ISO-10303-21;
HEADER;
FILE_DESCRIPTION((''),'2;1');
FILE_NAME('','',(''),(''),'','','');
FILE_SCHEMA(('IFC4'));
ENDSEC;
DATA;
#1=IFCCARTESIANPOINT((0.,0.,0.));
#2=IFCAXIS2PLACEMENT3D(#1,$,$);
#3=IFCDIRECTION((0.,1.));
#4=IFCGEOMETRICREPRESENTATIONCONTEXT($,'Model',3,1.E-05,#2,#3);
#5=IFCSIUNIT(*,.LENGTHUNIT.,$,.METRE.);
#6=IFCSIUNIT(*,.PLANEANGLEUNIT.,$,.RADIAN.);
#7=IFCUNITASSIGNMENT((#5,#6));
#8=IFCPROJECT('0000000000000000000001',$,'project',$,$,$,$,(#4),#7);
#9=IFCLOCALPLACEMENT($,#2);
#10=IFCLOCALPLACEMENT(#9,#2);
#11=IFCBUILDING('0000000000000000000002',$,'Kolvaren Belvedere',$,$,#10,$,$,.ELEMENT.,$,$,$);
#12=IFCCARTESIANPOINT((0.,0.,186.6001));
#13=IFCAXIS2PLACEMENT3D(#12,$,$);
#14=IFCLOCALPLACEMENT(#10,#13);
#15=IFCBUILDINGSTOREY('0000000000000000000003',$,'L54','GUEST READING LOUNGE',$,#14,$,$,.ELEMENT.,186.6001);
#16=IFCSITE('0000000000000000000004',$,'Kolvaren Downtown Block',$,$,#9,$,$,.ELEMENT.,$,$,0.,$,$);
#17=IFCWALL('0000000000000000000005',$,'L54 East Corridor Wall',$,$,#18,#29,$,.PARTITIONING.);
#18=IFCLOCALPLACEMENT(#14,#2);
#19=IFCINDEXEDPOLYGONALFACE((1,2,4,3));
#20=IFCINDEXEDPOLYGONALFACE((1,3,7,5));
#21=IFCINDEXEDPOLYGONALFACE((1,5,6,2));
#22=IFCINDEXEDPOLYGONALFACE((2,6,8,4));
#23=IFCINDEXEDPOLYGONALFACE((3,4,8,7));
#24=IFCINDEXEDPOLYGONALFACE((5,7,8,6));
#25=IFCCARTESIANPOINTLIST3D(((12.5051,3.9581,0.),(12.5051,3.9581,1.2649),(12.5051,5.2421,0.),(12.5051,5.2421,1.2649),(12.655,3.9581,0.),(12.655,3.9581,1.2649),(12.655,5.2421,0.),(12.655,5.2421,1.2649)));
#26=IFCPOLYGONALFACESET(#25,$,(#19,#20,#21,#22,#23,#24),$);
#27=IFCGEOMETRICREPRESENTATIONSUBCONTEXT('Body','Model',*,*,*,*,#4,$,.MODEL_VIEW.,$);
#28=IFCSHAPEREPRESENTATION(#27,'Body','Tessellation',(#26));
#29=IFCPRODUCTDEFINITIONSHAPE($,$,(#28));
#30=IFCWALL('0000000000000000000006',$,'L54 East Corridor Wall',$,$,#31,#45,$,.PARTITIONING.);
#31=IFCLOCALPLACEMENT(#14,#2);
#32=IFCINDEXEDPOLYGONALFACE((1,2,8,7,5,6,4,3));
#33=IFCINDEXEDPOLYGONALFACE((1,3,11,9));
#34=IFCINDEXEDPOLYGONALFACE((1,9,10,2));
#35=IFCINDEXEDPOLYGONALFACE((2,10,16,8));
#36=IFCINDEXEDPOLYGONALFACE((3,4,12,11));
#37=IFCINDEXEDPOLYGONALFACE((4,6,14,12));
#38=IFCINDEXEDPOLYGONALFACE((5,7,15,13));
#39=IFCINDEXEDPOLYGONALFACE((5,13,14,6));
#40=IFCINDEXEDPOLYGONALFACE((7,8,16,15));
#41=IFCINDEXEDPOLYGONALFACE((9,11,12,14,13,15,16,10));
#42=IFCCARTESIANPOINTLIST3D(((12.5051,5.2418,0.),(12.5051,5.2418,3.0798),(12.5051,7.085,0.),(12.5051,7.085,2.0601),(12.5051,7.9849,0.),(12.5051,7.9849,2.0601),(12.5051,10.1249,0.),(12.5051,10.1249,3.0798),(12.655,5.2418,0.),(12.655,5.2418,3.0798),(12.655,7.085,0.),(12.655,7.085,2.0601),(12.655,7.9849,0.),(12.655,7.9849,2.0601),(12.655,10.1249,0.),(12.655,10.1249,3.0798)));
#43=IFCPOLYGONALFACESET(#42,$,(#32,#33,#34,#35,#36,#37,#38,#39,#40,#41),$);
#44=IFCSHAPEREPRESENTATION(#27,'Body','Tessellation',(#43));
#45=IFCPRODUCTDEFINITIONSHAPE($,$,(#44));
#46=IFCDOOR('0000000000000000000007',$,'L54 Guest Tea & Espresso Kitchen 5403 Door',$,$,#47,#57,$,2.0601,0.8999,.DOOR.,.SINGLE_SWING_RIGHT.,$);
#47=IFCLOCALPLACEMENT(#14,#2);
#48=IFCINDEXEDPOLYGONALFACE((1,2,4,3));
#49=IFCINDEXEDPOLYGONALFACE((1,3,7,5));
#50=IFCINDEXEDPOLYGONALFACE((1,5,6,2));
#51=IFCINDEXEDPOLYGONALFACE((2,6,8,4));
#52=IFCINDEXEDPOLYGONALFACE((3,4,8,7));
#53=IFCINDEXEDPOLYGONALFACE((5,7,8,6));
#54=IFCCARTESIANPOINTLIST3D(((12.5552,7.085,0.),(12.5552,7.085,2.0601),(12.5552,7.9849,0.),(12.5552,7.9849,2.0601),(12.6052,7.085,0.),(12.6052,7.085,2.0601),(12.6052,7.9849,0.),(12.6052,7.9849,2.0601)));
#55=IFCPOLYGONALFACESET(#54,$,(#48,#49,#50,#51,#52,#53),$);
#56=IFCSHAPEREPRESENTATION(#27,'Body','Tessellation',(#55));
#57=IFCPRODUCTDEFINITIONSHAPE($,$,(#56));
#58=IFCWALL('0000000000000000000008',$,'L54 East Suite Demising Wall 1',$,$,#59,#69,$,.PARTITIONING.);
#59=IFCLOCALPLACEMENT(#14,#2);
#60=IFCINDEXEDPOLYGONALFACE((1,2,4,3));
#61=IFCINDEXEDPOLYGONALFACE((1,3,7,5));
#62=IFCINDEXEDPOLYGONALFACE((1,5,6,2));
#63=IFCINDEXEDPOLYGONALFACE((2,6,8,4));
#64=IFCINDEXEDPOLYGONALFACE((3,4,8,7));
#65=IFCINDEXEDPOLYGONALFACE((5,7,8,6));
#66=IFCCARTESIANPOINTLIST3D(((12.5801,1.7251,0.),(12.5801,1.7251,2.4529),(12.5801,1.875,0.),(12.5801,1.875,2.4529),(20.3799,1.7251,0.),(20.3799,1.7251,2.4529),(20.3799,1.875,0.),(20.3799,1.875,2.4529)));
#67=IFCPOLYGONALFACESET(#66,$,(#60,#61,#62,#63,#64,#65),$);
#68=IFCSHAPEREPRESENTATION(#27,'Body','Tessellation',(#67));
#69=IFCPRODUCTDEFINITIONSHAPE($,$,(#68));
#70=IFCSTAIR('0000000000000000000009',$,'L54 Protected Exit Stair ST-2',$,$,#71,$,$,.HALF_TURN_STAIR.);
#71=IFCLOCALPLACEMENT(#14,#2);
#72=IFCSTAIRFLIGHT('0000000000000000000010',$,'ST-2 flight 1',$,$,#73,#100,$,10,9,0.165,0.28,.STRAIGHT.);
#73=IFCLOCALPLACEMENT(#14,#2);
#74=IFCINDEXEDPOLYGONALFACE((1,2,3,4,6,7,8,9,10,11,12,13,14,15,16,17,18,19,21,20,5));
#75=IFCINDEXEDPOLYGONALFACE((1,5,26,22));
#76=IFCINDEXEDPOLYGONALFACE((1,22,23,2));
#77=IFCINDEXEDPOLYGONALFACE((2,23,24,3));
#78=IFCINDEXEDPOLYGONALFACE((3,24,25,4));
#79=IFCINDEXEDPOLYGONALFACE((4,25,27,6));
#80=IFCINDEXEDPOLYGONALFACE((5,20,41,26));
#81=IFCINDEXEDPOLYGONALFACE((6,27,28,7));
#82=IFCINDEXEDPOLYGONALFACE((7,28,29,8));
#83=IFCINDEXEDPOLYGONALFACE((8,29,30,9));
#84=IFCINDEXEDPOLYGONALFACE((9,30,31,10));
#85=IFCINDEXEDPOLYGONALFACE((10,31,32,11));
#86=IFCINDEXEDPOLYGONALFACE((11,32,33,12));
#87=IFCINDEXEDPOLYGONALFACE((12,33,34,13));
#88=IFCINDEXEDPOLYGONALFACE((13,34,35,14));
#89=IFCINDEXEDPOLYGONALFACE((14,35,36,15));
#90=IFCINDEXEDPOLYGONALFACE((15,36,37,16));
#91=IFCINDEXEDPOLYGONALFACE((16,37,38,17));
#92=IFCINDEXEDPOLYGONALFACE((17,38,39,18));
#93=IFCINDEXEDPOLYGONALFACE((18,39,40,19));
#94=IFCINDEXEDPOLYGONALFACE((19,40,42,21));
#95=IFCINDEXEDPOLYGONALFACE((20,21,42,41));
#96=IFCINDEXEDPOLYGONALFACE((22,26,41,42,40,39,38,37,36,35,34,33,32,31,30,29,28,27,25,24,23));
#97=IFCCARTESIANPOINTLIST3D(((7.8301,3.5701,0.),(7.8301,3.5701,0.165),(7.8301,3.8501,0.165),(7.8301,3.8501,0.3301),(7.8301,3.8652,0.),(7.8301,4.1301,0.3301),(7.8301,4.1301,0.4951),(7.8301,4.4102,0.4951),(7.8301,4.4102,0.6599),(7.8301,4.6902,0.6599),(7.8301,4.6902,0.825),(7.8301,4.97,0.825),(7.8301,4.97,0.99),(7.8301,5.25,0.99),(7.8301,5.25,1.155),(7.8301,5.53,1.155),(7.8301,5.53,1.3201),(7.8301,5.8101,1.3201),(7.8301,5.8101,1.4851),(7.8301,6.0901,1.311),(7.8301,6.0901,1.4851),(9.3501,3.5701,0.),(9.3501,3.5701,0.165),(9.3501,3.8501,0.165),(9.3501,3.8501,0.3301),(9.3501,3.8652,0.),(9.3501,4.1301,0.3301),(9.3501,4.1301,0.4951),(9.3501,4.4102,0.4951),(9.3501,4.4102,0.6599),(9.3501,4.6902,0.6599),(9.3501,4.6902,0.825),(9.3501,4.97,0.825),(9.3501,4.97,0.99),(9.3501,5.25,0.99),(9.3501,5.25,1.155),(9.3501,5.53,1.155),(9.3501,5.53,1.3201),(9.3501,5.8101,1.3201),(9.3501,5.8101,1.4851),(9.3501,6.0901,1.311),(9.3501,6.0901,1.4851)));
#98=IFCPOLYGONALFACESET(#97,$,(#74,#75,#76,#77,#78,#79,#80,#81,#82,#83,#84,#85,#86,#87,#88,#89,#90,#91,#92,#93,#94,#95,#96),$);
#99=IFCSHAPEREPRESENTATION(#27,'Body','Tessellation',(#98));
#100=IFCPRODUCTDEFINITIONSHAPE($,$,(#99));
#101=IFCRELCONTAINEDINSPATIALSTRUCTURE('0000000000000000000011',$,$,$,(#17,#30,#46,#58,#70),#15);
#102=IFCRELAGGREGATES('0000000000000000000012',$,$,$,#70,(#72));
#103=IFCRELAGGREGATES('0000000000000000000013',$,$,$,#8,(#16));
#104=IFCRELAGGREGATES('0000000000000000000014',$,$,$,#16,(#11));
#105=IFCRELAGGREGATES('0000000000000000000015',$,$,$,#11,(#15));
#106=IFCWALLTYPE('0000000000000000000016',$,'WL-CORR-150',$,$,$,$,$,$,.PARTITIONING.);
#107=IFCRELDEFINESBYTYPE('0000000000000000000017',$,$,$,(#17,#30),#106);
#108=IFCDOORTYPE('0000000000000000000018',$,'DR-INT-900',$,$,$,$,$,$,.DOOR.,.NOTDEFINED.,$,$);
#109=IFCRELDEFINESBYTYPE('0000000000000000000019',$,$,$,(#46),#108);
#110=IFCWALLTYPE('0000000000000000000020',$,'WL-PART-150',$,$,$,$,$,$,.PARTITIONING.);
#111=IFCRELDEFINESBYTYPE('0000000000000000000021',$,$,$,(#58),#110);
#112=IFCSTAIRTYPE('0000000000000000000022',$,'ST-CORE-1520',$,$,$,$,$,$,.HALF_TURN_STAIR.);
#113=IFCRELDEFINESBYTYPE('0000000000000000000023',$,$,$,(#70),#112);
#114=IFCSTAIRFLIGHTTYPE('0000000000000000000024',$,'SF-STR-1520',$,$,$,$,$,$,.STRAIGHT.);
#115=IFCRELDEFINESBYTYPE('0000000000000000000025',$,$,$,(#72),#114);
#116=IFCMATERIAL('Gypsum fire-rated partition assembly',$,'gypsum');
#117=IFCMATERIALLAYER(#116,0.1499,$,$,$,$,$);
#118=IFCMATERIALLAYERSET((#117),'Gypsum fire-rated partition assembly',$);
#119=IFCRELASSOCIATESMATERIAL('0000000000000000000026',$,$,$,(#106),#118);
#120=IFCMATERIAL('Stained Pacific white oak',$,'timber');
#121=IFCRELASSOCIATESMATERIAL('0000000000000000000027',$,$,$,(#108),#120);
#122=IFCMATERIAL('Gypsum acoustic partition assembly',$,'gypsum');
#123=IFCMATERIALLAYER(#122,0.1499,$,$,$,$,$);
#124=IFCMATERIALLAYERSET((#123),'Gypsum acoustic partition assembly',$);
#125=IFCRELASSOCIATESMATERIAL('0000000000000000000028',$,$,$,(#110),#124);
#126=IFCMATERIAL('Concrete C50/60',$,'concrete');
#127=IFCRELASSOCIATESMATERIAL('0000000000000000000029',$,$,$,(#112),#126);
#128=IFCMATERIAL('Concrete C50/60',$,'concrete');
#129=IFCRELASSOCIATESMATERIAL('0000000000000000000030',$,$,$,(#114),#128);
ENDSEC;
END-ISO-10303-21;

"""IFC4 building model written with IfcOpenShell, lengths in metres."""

from ifc_helpers import new_model, si_unit, direction, frame, frame_2d, origin, place, context, subcontext, project, spatial, polyline, rectangle, outline, extrude, material, layer, layer_set, type_object, element, fill, aggregate, save


model = new_model("IFC4")

# Units and contexts
model_context = context("Model", 3, precision=1e-05, world=origin(), true_north=direction((0.0, 1.0)))
body_context = subcontext(model_context, "Body", "Model", "MODEL_VIEW")
ifc_project = project(units=[si_unit("LENGTHUNIT", "METRE"), si_unit("PLANEANGLEUNIT", "RADIAN")], contexts=[model_context])

# Site, building, storey
site_placement = place(None, origin())
site = spatial("IfcSite", under=ifc_project, at=site_placement, Name="Kolvaren Downtown Block", CompositionType="ELEMENT", RefElevation=0.0)
building_placement = place(site_placement, origin())
building = spatial("IfcBuilding", under=site, at=building_placement, Name="Kolvaren Belvedere", CompositionType="ELEMENT")
storey_placement = place(building_placement, frame((0.0, 0.0, 186.6001)))
storey = spatial("IfcBuildingStorey", under=building, at=storey_placement, Name="L54", Description="GUEST READING LOUNGE", CompositionType="ELEMENT", Elevation=186.6001)

# Wall
ifc_material_1 = material(Name="Gypsum fire-rated partition assembly", Category="gypsum")
ifc_layer_1 = layer(ifc_material_1, 0.1499)
ifc_layer_set_1 = layer_set([ifc_layer_1], Name="Gypsum fire-rated partition assembly")
wall_type_1 = type_object("IfcWallType", Name="WL-CORR-150", PredefinedType="PARTITIONING", material=ifc_layer_set_1)
wall_1_placement = place(storey_placement, frame((12.5801, 3.958, 0.0), z_axis=(0.0, 0.0, 1.0), x_axis=(0.0, 1.0, 0.0)))
element("IfcWall", 1, at=wall_1_placement, inside=storey, type_object=wall_type_1, Name="L54 East Corridor Wall", PredefinedType="PARTITIONING", context=body_context, shape_type="SweptSolid", body=[
    extrude(rectangle(XDim=1.2839, YDim=0.1499, at=frame_2d((0.6421, 0.0))), origin(), (0.0, 0.0, 1.0), 1.2649),
])

# Wall, opening, door
wall_2_placement = place(storey_placement, frame((12.5801, 5.2419, 0.0), z_axis=(0.0, 0.0, 1.0), x_axis=(0.0, 1.0, 0.0)))
wall_2 = element("IfcWall", 2, at=wall_2_placement, inside=storey, type_object=wall_type_1, Name="L54 East Corridor Wall", PredefinedType="PARTITIONING", context=body_context, shape_type="SweptSolid", body=[
    extrude(rectangle(XDim=4.8831, YDim=0.1499, at=frame_2d((2.4414, 0.0))), origin(), (0.0, 0.0, 1.0), 3.0798),
])
opening_placement = place(wall_2_placement, frame((1.843, 0.0, 0.0)))
opening = element("IfcOpeningElement", 3, at=opening_placement, cuts=wall_2, PredefinedType="OPENING", context=body_context, shape_type="SweptSolid", body=[
    extrude(rectangle(XDim=0.8999, YDim=2.0601, at=frame_2d((0.45, 1.03))), frame((0.0, 0.085, 0.0), z_axis=(0.0, -1.0, 0.0), x_axis=(1.0, 0.0, 0.0)), (0.0, 0.0, 1.0), 0.1699),
])
ifc_material_2 = material(Name="Stained Pacific white oak", Category="timber")
door_type = type_object("IfcDoorType", Name="DR-INT-900", OperationType="NOTDEFINED", PredefinedType="DOOR", material=ifc_material_2)
door_placement = place(opening_placement, origin())
door = element("IfcDoor", 4, at=door_placement, inside=storey, type_object=door_type, Name="L54 Guest Tea & Espresso Kitchen 5403 Door", OperationType="SINGLE_SWING_RIGHT", OverallHeight=2.0601, OverallWidth=0.8999, PredefinedType="DOOR", context=body_context, shape_type="SweptSolid", body=[
    extrude(rectangle(XDim=0.8999, YDim=2.0601, at=frame_2d((0.45, 1.03))), frame((0.0, 0.0249, 0.0), z_axis=(0.0, -1.0, 0.0), x_axis=(1.0, 0.0, 0.0)), (0.0, 0.0, 1.0), 0.05),
])
fill(opening, door)

# Wall
ifc_material_3 = material(Name="Gypsum acoustic partition assembly", Category="gypsum")
ifc_layer_2 = layer(ifc_material_3, 0.1499)
ifc_layer_set_2 = layer_set([ifc_layer_2], Name="Gypsum acoustic partition assembly")
wall_type_2 = type_object("IfcWallType", Name="WL-PART-150", PredefinedType="PARTITIONING", material=ifc_layer_set_2)
wall_3_placement = place(storey_placement, frame((12.5801, 1.8, 0.0), z_axis=(0.0, 0.0, 1.0), x_axis=(1.0, 0.0, 0.0)))
element("IfcWall", 5, at=wall_3_placement, inside=storey, type_object=wall_type_2, Name="L54 East Suite Demising Wall 1", PredefinedType="PARTITIONING", context=body_context, shape_type="SweptSolid", body=[
    extrude(rectangle(XDim=7.7998, YDim=0.1499, at=frame_2d((3.8999, 0.0))), origin(), (0.0, 0.0, 1.0), 2.4529),
])

# Stair, stair flight
ifc_material_4 = material(Name="Concrete C50/60", Category="concrete")
stair_type = type_object("IfcStairType", Name="ST-CORE-1520", PredefinedType="HALF_TURN_STAIR", material=ifc_material_4)
stair_placement = place(storey_placement, origin())
stair = element("IfcStair", 6, at=stair_placement, inside=storey, type_object=stair_type, Name="L54 Protected Exit Stair ST-2", PredefinedType="HALF_TURN_STAIR")
ifc_material_5 = material(Name="Concrete C50/60", Category="concrete")
stair_flight_type = type_object("IfcStairFlightType", Name="SF-STR-1520", PredefinedType="STRAIGHT", material=ifc_material_5)
stair_flight_placement = place(storey_placement, frame((8.5901, 3.5701, 0.0), z_axis=(0.0, 0.0, 1.0), x_axis=(0.0, 1.0, 0.0)))
stair_flight = element("IfcStairFlight", 7, at=stair_flight_placement, type_object=stair_flight_type, Name="ST-2 flight 1", NumberOfRisers=10, NumberOfTreads=9, PredefinedType="STRAIGHT", RiserHeight=0.165, TreadLength=0.28, context=body_context, shape_type="SweptSolid", body=[
    extrude(outline(polyline([(0.0, 0.0), (0.0, 0.165), (0.28, 0.165), (0.28, 0.3301), (0.5601, 0.3301), (0.5601, 0.4951), (0.8401, 0.4951), (0.8401, 0.6599), (1.1201, 0.6599), (1.1201, 0.825), (1.3999, 0.825), (1.3999, 0.99), (1.6799, 0.99), (1.6799, 1.155), (1.96, 1.155), (1.96, 1.3201), (2.24, 1.3201), (2.24, 1.4851), (2.52, 1.4851), (2.52, 1.6499), (2.52, 1.311), (0.2952, 0.0), (0.0, 0.0)])), frame((0.0, 0.76, 0.0), z_axis=(0.0, -1.0, 0.0), x_axis=(1.0, 0.0, 0.0)), (0.0, 0.0, 1.0), 1.52),
])
aggregate(stair, [stair_flight])

save(model, "model.ifc")
